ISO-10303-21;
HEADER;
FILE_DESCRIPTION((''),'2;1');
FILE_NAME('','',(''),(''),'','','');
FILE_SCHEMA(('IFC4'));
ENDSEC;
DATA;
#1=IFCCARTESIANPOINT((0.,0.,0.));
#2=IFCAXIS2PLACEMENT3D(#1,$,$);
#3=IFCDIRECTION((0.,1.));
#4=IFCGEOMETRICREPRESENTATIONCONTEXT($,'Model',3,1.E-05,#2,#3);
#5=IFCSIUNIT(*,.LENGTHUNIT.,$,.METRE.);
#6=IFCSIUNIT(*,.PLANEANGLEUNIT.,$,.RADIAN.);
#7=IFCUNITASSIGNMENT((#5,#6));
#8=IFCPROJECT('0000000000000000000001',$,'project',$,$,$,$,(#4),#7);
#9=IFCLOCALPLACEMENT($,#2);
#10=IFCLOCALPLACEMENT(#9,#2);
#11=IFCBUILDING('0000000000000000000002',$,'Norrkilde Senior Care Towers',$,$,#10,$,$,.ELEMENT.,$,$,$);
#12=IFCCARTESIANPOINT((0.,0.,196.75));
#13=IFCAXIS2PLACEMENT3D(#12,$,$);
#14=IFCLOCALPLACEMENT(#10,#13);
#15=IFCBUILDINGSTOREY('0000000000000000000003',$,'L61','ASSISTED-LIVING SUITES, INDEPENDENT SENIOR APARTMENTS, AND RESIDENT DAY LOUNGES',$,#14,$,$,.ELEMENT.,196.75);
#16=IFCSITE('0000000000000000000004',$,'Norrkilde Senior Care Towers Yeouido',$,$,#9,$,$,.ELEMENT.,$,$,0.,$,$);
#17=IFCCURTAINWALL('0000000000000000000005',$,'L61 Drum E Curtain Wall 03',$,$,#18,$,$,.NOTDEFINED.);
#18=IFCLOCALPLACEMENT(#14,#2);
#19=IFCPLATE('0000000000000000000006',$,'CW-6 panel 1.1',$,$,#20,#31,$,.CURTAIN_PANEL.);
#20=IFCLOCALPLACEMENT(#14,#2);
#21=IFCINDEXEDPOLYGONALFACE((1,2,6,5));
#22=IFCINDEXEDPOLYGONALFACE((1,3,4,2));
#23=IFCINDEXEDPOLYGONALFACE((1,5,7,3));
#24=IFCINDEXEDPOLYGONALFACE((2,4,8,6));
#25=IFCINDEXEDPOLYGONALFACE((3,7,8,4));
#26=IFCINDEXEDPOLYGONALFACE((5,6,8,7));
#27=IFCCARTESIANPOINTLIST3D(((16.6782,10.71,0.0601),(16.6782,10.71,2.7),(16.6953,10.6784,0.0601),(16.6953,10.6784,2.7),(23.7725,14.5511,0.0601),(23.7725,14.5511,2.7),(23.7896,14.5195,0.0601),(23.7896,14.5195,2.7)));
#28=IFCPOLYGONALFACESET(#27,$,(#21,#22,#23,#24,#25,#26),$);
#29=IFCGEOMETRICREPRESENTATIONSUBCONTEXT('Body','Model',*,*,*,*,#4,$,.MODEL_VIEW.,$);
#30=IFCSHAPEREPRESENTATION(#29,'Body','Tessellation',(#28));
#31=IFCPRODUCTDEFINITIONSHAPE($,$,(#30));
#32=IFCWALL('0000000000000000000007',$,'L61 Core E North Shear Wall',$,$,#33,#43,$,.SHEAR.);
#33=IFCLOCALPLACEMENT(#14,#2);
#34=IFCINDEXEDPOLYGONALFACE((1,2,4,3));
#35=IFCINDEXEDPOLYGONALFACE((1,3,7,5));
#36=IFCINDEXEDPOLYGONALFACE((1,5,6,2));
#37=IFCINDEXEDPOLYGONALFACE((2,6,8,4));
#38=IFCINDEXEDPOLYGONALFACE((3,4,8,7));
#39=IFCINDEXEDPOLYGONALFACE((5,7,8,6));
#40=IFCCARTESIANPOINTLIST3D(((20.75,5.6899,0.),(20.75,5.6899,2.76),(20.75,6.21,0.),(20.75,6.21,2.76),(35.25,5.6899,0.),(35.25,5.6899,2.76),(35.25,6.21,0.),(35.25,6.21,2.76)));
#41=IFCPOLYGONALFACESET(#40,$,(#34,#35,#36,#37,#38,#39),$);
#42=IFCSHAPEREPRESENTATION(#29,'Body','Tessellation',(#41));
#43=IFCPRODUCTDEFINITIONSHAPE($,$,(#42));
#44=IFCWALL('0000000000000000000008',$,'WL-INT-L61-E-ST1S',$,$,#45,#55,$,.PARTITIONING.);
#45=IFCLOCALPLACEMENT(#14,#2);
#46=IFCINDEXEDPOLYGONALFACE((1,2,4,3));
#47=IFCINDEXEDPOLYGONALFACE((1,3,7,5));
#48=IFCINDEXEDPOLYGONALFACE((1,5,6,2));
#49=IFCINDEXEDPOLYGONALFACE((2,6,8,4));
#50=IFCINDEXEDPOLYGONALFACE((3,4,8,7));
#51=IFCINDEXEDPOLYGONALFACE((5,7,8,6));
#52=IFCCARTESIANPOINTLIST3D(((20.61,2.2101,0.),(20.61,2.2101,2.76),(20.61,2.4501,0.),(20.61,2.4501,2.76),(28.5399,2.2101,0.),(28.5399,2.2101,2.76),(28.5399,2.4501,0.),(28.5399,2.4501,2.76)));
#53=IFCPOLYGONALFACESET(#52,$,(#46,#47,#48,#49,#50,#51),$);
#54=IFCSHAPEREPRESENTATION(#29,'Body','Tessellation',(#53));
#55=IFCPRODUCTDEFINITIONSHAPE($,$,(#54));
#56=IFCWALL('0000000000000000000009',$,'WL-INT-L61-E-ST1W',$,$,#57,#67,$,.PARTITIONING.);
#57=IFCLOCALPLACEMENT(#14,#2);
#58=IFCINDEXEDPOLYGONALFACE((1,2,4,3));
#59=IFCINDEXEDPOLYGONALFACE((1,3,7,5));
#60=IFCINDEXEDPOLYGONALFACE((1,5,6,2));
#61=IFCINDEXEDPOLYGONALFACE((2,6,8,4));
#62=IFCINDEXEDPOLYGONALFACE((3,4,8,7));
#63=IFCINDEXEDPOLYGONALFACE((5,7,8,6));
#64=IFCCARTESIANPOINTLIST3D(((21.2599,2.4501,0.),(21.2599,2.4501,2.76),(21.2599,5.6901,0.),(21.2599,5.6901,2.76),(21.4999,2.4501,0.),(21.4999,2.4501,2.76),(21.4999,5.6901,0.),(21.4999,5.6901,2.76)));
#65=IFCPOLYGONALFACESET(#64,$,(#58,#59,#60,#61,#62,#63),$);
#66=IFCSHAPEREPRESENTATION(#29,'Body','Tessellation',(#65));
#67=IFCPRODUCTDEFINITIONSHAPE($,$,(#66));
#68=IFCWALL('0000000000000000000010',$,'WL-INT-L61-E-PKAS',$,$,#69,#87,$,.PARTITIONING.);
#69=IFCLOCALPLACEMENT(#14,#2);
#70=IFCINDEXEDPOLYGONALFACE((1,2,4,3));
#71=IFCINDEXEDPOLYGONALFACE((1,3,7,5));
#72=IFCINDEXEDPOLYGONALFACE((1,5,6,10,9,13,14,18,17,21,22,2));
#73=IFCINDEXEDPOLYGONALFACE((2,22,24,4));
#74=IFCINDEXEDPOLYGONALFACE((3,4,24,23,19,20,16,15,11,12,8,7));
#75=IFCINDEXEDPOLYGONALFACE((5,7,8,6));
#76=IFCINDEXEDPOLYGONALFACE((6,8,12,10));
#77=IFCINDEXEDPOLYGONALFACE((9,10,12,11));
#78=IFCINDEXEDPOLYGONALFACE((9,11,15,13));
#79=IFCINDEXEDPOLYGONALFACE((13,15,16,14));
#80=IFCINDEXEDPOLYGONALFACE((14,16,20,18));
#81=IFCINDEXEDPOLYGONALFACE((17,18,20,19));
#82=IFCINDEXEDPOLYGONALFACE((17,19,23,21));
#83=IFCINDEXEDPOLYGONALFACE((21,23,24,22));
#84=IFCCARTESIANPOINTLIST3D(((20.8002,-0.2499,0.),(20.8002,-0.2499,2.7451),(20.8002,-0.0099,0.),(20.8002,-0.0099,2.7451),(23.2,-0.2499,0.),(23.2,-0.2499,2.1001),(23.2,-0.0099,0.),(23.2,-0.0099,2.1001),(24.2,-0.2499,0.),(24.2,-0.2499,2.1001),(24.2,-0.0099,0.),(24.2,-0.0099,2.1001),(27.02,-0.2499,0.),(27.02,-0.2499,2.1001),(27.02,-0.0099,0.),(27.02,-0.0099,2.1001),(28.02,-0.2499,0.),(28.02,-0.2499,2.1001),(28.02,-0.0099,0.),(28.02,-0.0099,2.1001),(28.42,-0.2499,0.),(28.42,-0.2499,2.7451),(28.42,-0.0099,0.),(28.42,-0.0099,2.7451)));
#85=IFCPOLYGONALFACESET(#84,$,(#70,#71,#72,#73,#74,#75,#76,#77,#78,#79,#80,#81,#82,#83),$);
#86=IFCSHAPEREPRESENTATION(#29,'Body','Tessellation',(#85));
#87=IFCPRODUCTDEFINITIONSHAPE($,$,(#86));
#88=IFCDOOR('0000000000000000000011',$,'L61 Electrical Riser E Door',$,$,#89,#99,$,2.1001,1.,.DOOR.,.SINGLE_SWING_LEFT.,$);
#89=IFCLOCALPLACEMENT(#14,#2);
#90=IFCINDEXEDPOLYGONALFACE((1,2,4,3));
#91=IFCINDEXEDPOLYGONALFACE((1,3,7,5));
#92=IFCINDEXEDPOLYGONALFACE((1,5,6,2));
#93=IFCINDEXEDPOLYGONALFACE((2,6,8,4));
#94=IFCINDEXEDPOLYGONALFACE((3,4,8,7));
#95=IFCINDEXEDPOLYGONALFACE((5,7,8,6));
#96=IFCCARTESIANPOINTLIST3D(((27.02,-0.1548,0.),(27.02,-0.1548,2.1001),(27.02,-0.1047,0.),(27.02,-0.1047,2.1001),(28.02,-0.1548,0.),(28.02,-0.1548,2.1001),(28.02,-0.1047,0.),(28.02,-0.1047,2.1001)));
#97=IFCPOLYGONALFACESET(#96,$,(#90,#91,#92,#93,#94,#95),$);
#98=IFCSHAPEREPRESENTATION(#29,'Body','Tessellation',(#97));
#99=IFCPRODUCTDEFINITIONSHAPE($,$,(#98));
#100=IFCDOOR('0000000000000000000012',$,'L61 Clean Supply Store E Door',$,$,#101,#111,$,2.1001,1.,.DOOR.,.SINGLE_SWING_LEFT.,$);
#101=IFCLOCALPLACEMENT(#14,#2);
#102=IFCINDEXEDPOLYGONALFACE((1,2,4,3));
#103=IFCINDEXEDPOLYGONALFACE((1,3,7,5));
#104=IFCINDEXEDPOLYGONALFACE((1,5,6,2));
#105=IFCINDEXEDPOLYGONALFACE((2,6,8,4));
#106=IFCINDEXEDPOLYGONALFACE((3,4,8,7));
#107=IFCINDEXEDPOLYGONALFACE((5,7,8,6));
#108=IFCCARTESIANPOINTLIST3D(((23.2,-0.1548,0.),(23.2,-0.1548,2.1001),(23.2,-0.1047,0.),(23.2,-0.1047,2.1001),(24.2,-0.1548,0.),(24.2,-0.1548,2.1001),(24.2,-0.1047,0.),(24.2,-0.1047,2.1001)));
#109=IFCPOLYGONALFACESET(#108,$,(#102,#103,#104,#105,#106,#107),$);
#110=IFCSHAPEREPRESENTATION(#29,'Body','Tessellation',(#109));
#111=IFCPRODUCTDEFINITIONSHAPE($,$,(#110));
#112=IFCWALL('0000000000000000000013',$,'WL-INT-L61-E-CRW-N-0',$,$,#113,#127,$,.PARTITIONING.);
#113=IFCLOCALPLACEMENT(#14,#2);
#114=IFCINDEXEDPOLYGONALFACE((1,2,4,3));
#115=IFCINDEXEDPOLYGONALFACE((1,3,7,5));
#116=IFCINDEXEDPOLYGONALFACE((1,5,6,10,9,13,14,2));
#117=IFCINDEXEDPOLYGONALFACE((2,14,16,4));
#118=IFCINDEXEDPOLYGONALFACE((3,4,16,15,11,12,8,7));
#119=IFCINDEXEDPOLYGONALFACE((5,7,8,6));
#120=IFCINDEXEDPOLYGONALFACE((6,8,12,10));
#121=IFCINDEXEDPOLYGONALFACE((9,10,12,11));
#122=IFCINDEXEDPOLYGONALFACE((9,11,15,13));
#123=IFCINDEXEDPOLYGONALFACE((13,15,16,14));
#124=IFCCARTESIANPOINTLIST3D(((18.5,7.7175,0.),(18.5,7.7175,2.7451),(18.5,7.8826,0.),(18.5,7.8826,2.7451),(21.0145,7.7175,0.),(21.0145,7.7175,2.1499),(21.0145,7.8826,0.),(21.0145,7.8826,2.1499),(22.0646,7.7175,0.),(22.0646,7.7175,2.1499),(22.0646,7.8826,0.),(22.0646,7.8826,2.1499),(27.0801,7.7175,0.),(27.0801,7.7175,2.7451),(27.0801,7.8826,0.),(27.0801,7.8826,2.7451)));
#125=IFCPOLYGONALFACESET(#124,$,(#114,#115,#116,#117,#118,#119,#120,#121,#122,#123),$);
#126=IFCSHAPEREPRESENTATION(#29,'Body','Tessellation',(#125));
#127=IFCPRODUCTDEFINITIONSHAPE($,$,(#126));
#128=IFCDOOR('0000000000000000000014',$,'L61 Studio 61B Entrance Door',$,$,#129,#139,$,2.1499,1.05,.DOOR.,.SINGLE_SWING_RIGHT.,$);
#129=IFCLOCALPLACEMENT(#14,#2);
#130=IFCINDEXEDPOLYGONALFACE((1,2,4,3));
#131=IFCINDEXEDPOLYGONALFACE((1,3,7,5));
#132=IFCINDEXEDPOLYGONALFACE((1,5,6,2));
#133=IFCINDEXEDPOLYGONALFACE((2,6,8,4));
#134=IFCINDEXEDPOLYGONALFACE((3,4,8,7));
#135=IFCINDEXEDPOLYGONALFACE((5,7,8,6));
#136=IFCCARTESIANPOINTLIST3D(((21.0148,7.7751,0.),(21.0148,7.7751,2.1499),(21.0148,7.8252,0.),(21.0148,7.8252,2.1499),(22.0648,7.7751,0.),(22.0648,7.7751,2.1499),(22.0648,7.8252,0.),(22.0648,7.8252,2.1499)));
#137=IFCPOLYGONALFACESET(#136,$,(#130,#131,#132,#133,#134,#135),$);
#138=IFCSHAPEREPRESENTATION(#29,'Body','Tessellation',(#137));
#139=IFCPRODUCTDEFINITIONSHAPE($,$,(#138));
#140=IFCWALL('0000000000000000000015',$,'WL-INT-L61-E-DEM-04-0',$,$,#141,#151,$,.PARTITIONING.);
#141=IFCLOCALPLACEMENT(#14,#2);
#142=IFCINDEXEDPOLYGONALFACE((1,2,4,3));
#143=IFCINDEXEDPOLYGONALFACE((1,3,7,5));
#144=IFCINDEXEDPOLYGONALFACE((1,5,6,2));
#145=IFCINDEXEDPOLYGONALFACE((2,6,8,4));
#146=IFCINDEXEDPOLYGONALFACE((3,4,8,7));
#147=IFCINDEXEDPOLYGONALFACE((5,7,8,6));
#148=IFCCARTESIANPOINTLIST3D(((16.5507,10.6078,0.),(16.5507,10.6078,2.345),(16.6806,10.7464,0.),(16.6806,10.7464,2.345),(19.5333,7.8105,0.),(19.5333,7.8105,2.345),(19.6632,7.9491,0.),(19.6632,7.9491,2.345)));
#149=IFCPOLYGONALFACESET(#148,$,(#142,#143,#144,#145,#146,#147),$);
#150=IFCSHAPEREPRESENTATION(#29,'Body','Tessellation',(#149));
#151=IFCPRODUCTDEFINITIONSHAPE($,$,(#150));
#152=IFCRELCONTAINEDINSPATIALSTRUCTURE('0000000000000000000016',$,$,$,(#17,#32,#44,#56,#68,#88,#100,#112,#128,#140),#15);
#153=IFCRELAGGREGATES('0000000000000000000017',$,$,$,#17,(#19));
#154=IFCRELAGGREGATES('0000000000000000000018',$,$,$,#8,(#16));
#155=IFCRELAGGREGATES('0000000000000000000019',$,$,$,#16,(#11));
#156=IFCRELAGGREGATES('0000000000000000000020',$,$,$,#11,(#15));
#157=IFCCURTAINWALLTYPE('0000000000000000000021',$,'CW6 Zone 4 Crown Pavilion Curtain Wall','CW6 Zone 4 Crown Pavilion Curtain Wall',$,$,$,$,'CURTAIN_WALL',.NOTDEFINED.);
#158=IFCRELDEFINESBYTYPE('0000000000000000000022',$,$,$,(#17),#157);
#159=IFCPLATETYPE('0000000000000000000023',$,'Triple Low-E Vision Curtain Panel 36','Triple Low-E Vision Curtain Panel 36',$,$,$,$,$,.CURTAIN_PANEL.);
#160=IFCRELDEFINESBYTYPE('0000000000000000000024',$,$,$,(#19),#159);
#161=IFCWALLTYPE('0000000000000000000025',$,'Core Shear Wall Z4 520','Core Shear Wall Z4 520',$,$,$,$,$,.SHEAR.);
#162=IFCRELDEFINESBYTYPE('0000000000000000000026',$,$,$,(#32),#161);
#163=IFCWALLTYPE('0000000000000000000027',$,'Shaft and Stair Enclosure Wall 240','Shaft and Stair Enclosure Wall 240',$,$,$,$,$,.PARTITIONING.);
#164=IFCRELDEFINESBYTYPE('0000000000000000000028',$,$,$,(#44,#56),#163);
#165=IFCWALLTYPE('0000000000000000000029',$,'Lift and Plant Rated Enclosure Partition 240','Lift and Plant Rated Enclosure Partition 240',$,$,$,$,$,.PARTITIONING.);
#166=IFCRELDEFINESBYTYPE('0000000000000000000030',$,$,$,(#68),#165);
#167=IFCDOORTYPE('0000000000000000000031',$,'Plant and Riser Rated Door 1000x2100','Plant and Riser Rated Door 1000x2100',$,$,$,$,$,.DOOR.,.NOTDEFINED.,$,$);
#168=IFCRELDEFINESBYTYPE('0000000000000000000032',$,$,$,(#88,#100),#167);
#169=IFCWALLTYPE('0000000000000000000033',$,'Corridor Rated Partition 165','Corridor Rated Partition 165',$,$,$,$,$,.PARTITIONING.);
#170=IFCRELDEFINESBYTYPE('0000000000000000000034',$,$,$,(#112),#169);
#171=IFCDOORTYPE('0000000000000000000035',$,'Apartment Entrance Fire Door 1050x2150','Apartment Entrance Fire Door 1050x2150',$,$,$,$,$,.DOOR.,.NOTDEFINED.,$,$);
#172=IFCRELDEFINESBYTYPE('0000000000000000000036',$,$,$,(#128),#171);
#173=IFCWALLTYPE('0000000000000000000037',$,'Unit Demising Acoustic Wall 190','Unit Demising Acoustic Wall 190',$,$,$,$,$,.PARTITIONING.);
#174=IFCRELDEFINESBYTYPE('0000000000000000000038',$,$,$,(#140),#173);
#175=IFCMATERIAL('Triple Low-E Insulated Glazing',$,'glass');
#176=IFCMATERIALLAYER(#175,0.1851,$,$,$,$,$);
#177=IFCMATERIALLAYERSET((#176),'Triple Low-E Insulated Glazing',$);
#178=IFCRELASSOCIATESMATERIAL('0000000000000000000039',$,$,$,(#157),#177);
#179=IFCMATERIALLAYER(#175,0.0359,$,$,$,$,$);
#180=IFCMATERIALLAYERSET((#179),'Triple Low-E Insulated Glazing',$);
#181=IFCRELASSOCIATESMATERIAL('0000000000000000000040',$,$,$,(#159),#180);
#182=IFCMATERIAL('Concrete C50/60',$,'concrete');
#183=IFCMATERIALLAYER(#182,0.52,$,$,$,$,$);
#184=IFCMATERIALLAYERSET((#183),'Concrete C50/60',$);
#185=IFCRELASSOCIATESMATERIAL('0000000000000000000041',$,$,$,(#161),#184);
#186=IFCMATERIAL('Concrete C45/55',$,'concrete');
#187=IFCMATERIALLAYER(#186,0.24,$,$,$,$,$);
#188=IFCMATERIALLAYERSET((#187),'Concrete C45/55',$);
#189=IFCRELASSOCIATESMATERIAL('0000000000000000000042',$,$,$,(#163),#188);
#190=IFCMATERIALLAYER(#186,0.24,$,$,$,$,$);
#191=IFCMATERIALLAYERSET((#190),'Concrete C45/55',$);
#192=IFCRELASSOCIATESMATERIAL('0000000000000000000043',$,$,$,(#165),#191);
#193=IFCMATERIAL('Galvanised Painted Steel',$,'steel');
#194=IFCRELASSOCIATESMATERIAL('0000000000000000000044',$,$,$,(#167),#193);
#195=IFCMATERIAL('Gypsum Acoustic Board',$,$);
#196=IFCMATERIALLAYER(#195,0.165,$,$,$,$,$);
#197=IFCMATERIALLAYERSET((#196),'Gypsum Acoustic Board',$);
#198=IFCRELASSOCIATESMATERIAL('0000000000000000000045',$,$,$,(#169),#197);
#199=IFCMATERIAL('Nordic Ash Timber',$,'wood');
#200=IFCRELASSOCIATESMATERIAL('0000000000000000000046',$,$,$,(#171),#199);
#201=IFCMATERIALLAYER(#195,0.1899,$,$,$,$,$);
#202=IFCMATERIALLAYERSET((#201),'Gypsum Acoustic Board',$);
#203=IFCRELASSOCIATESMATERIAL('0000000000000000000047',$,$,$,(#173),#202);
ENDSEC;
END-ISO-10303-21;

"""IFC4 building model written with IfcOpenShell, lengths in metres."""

from ifc_helpers import new_model, si_unit, direction, frame, frame_2d, origin, origin_2d, place, context, subcontext, project, spatial, rectangle, extrude, source, transform, mapped, material, layer, layer_set, type_object, type_shapes, element, fill, aggregate, save


model = new_model("IFC4")

# Units and contexts
model_context = context("Model", 3, precision=1e-05, world=origin(), true_north=direction((0.0, 1.0)))
body_context = subcontext(model_context, "Body", "Model", "MODEL_VIEW")
ifc_project = project(units=[si_unit("LENGTHUNIT", "METRE"), si_unit("PLANEANGLEUNIT", "RADIAN")], contexts=[model_context])

# Site, building, storey
site_placement = place(None, origin())
site = spatial("IfcSite", under=ifc_project, at=site_placement, Name="Norrkilde Senior Care Towers Yeouido", CompositionType="ELEMENT", RefElevation=0.0)
building_placement = place(site_placement, origin())
building = spatial("IfcBuilding", under=site, at=building_placement, Name="Norrkilde Senior Care Towers", CompositionType="ELEMENT")
storey_placement = place(building_placement, frame((0.0, 0.0, 196.75)))
storey = spatial("IfcBuildingStorey", under=building, at=storey_placement, Name="L61", Description="ASSISTED-LIVING SUITES, INDEPENDENT SENIOR APARTMENTS, AND RESIDENT DAY LOUNGES", CompositionType="ELEMENT", Elevation=196.75)

# Shared definitions
ifc_material_1 = material(Name="Concrete C50/60", Category="concrete")

# Shared definitions
ifc_material_2 = material(Name="Triple Low-E Insulated Glazing", Category="glass")
ifc_layer_1 = layer(ifc_material_2, 0.1851)
ifc_layer_set_1 = layer_set([ifc_layer_1], Name="Triple Low-E Insulated Glazing")
curtain_wall_type = type_object("IfcCurtainWallType", Name="CW6 Zone 4 Crown Pavilion Curtain Wall", Description="CW6 Zone 4 Crown Pavilion Curtain Wall", ElementType="CURTAIN_WALL", PredefinedType="NOTDEFINED", material=ifc_layer_set_1)

# Curtain wall
curtain_wall_1_placement = place(storey_placement, origin())
curtain_wall_1 = element("IfcCurtainWall", 1, at=curtain_wall_1_placement, inside=storey, type_object=curtain_wall_type, Name="L61 Drum E Curtain Wall 03", PredefinedType="NOTDEFINED")

# Plate
ifc_layer_2 = layer(ifc_material_2, 0.0359)
ifc_layer_set_2 = layer_set([ifc_layer_2], Name="Triple Low-E Insulated Glazing")
plate_type_1 = type_object("IfcPlateType", Name="Triple Low-E Vision Curtain Panel 36", Description="Triple Low-E Vision Curtain Panel 36", PredefinedType="CURTAIN_PANEL", material=ifc_layer_set_2)
shared_shape_1 = source(origin(), body_context, "Body", "SweptSolid", [
    extrude(rectangle(XDim=8.0674, YDim=0.0359, at=origin_2d()), origin(), (0.0, 0.0, 1.0), 2.6399),
])
type_shapes(plate_type_1, [shared_shape_1])
plate_placement = place(storey_placement, frame((20.2339, 12.6147, 0.0601), z_axis=(0.0, 0.0, 1.0), x_axis=(0.879373, 0.476133, 0.0)))
plate = element("IfcPlate", 2, at=plate_placement, type_object=plate_type_1, Name="CW-6 panel 1.1", PredefinedType="CURTAIN_PANEL", context=body_context, shape_type="MappedRepresentation", body=[
    mapped(shared_shape_1, transform((0.0, 0.0, 0.0), x_axis=(1.0, 0.0, 0.0), y_axis=(0.0, 1.0, 0.0), z_axis=(0.0, 0.0, 1.0), scale=1.0)),
])
aggregate(curtain_wall_1, [plate])

# Walls
ifc_layer_3 = layer(ifc_material_1, 0.52)
ifc_layer_set_3 = layer_set([ifc_layer_3], Name="Concrete C50/60")
wall_type_1 = type_object("IfcWallType", Name="Core Shear Wall Z4 520", Description="Core Shear Wall Z4 520", PredefinedType="SHEAR", material=ifc_layer_set_3)
shared_shape_2 = source(origin(), body_context, "Body", "SweptSolid", [
    extrude(rectangle(XDim=14.5, YDim=0.52, at=frame_2d((7.25, 0.0))), origin(), (0.0, 0.0, 1.0), 2.76),
])
type_shapes(wall_type_1, [shared_shape_2])
wall_1_placement = place(storey_placement, frame((20.75, 5.95, 0.0), z_axis=(0.0, 0.0, 1.0), x_axis=(1.0, 0.0, 0.0)))
element("IfcWall", 3, at=wall_1_placement, inside=storey, type_object=wall_type_1, Name="L61 Core E North Shear Wall", PredefinedType="SHEAR", context=body_context, shape_type="MappedRepresentation", body=[
    mapped(shared_shape_2, transform((0.0, 0.0, 0.0), x_axis=(1.0, 0.0, 0.0), y_axis=(0.0, 1.0, 0.0), z_axis=(0.0, 0.0, 1.0), scale=1.0)),
])
ifc_material_3 = material(Name="Concrete C45/55", Category="concrete")
ifc_layer_4 = layer(ifc_material_3, 0.24)
ifc_layer_set_4 = layer_set([ifc_layer_4], Name="Concrete C45/55")
wall_type_2 = type_object("IfcWallType", Name="Shaft and Stair Enclosure Wall 240", Description="Shaft and Stair Enclosure Wall 240", PredefinedType="PARTITIONING", material=ifc_layer_set_4)
shared_shape_3 = source(origin(), body_context, "Body", "SweptSolid", [
    extrude(rectangle(XDim=7.9299, YDim=0.24, at=frame_2d((3.9648, 0.0))), origin(), (0.0, 0.0, 1.0), 2.76),
])
wall_2_placement = place(storey_placement, frame((20.6101, 2.3301, 0.0), z_axis=(0.0, 0.0, 1.0), x_axis=(1.0, 0.0, 0.0)))
element("IfcWall", 4, at=wall_2_placement, inside=storey, type_object=wall_type_2, Name="WL-INT-L61-E-ST1S", PredefinedType="PARTITIONING", context=body_context, shape_type="MappedRepresentation", body=[
    mapped(shared_shape_3, transform((0.0, 0.0, 0.0), x_axis=(1.0, 0.0, 0.0), y_axis=(0.0, 1.0, 0.0), z_axis=(0.0, 0.0, 1.0), scale=1.0)),
])

# Shared definitions
ifc_material_4 = material(Name="Galvanised Painted Steel", Category="steel")

# Wall
shared_shape_4 = source(origin(), body_context, "Body", "SweptSolid", [
    extrude(rectangle(XDim=3.24, YDim=0.24, at=frame_2d((1.6201, 0.0))), origin(), (0.0, 0.0, 1.0), 2.76),
])
type_shapes(wall_type_2, [shared_shape_3, shared_shape_4])
wall_3_placement = place(storey_placement, frame((21.3799, 2.45, 0.0), z_axis=(0.0, 0.0, 1.0), x_axis=(0.0, 1.0, 0.0)))
element("IfcWall", 5, at=wall_3_placement, inside=storey, type_object=wall_type_2, Name="WL-INT-L61-E-ST1W", PredefinedType="PARTITIONING", context=body_context, shape_type="MappedRepresentation", body=[
    mapped(shared_shape_4, transform((0.0, 0.0, 0.0), x_axis=(1.0, 0.0, 0.0), y_axis=(0.0, 1.0, 0.0), z_axis=(0.0, 0.0, 1.0), scale=1.0)),
])

# Wall, openings, doors
ifc_layer_5 = layer(ifc_material_3, 0.24)
ifc_layer_set_5 = layer_set([ifc_layer_5], Name="Concrete C45/55")
wall_type_3 = type_object("IfcWallType", Name="Lift and Plant Rated Enclosure Partition 240", Description="Lift and Plant Rated Enclosure Partition 240", PredefinedType="PARTITIONING", material=ifc_layer_set_5)
shared_shape_5 = source(origin(), body_context, "Body", "SweptSolid", [
    extrude(rectangle(XDim=7.6199, YDim=0.24, at=frame_2d((3.8101, 0.0))), origin(), (0.0, 0.0, 1.0), 2.7451),
])
type_shapes(wall_type_3, [shared_shape_5])
wall_4_placement = place(storey_placement, frame((20.8, -0.1299, 0.0), z_axis=(0.0, 0.0, 1.0), x_axis=(1.0, 0.0, 0.0)))
wall_4 = element("IfcWall", 6, at=wall_4_placement, inside=storey, type_object=wall_type_3, Name="WL-INT-L61-E-PKAS", PredefinedType="PARTITIONING", context=body_context, shape_type="MappedRepresentation", body=[
    mapped(shared_shape_5, transform((0.0, 0.0, 0.0), x_axis=(1.0, 0.0, 0.0), y_axis=(0.0, 1.0, 0.0), z_axis=(0.0, 0.0, 1.0), scale=1.0)),
])
opening_1_placement = place(wall_4_placement, frame((6.22, 0.0, 0.0)))
opening_1 = element("IfcOpeningElement", 7, at=opening_1_placement, cuts=wall_4, PredefinedType="OPENING", context=body_context, shape_type="SweptSolid", body=[
    extrude(rectangle(XDim=1.0, YDim=2.1001, at=frame_2d((0.5, 1.05))), frame((0.0, 0.1299, 0.0), z_axis=(0.0, -1.0, 0.0), x_axis=(1.0, 0.0, 0.0)), (0.0, 0.0, 1.0), 0.26),
])
opening_2_placement = place(wall_4_placement, frame((2.3999, 0.0, 0.0)))
opening_2 = element("IfcOpeningElement", 8, at=opening_2_placement, cuts=wall_4, PredefinedType="OPENING", context=body_context, shape_type="SweptSolid", body=[
    extrude(rectangle(XDim=1.0, YDim=2.1001, at=frame_2d((0.5, 1.05))), frame((0.0, 0.1299, 0.0), z_axis=(0.0, -1.0, 0.0), x_axis=(1.0, 0.0, 0.0)), (0.0, 0.0, 1.0), 0.26),
])
door_type_1 = type_object("IfcDoorType", Name="Plant and Riser Rated Door 1000x2100", Description="Plant and Riser Rated Door 1000x2100", OperationType="NOTDEFINED", PredefinedType="DOOR", material=ifc_material_4)
shared_shape_6 = source(origin(), body_context, "Body", "SweptSolid", [
    extrude(rectangle(XDim=1.0, YDim=2.1001, at=frame_2d((0.5, 1.05))), frame((0.0, 0.0249, 0.0), z_axis=(0.0, -1.0, 0.0), x_axis=(1.0, 0.0, 0.0)), (0.0, 0.0, 1.0), 0.05),
])
type_shapes(door_type_1, [shared_shape_6])
door_1_placement = place(opening_1_placement, frame((1.0, 0.0, 0.0), z_axis=(0.0, 0.0, 1.0), x_axis=(-1.0, 0.0, 0.0)))
door_1 = element("IfcDoor", 9, at=door_1_placement, inside=storey, type_object=door_type_1, Name="L61 Electrical Riser E Door", OperationType="SINGLE_SWING_LEFT", OverallHeight=2.1001, OverallWidth=1.0, PredefinedType="DOOR", context=body_context, shape_type="MappedRepresentation", body=[
    mapped(shared_shape_6, transform((0.0, 0.0, 0.0), x_axis=(1.0, 0.0, 0.0), y_axis=(0.0, 1.0, 0.0), z_axis=(0.0, 0.0, 1.0), scale=1.0)),
])
fill(opening_1, door_1)
door_2_placement = place(opening_2_placement, frame((1.0, 0.0, 0.0), z_axis=(0.0, 0.0, 1.0), x_axis=(-1.0, 0.0, 0.0)))
door_2 = element("IfcDoor", 10, at=door_2_placement, inside=storey, type_object=door_type_1, Name="L61 Clean Supply Store E Door", OperationType="SINGLE_SWING_LEFT", OverallHeight=2.1001, OverallWidth=1.0, PredefinedType="DOOR", context=body_context, shape_type="MappedRepresentation", body=[
    mapped(shared_shape_6, transform((0.0, 0.0, 0.0), x_axis=(1.0, 0.0, 0.0), y_axis=(0.0, 1.0, 0.0), z_axis=(0.0, 0.0, 1.0), scale=1.0)),
])
fill(opening_2, door_2)

# Wall, opening, door
ifc_material_5 = material(Name="Gypsum Acoustic Board")
ifc_layer_6 = layer(ifc_material_5, 0.165)
ifc_layer_set_6 = layer_set([ifc_layer_6], Name="Gypsum Acoustic Board")
wall_type_4 = type_object("IfcWallType", Name="Corridor Rated Partition 165", Description="Corridor Rated Partition 165", PredefinedType="PARTITIONING", material=ifc_layer_set_6)
shared_shape_7 = source(origin(), body_context, "Body", "SweptSolid", [
    extrude(rectangle(XDim=8.5801, YDim=0.165, at=frame_2d((4.29, 0.0))), origin(), (0.0, 0.0, 1.0), 2.7451),
])
type_shapes(wall_type_4, [shared_shape_7])
wall_5_placement = place(storey_placement, frame((18.5, 7.8, 0.0), z_axis=(0.0, 0.0, 1.0), x_axis=(1.0, 0.0, 0.0)))
wall_5 = element("IfcWall", 11, at=wall_5_placement, inside=storey, type_object=wall_type_4, Name="WL-INT-L61-E-CRW-N-0", PredefinedType="PARTITIONING", context=body_context, shape_type="MappedRepresentation", body=[
    mapped(shared_shape_7, transform((0.0, 0.0, 0.0), x_axis=(1.0, 0.0, 0.0), y_axis=(0.0, 1.0, 0.0), z_axis=(0.0, 0.0, 1.0), scale=1.0)),
])
opening_3_placement = place(wall_5_placement, frame((2.5146, 0.0, 0.0)))
opening_3 = element("IfcOpeningElement", 12, at=opening_3_placement, cuts=wall_5, PredefinedType="OPENING", context=body_context, shape_type="SweptSolid", body=[
    extrude(rectangle(XDim=1.05, YDim=2.1499, at=frame_2d((0.5249, 1.075))), frame((0.0, 0.0925, 0.0), z_axis=(0.0, -1.0, 0.0), x_axis=(1.0, 0.0, 0.0)), (0.0, 0.0, 1.0), 0.1851),
])
ifc_material_6 = material(Name="Nordic Ash Timber", Category="wood")
door_type_2 = type_object("IfcDoorType", Name="Apartment Entrance Fire Door 1050x2150", Description="Apartment Entrance Fire Door 1050x2150", OperationType="NOTDEFINED", PredefinedType="DOOR", material=ifc_material_6)
shared_shape_8 = source(origin(), body_context, "Body", "SweptSolid", [
    extrude(rectangle(XDim=1.05, YDim=2.1499, at=frame_2d((0.5249, 1.075))), frame((0.0, 0.0249, 0.0), z_axis=(0.0, -1.0, 0.0), x_axis=(1.0, 0.0, 0.0)), (0.0, 0.0, 1.0), 0.05),
])
type_shapes(door_type_2, [shared_shape_8])
door_3_placement = place(opening_3_placement, frame((1.05, 0.0, 0.0), z_axis=(0.0, 0.0, 1.0), x_axis=(-1.0, 0.0, 0.0)))
door_3 = element("IfcDoor", 13, at=door_3_placement, inside=storey, type_object=door_type_2, Name="L61 Studio 61B Entrance Door", OperationType="SINGLE_SWING_RIGHT", OverallHeight=2.1499, OverallWidth=1.05, PredefinedType="DOOR", context=body_context, shape_type="MappedRepresentation", body=[
    mapped(shared_shape_8, transform((0.0, 0.0, 0.0), x_axis=(1.0, 0.0, 0.0), y_axis=(0.0, 1.0, 0.0), z_axis=(0.0, 0.0, 1.0), scale=1.0)),
])
fill(opening_3, door_3)

# Wall
ifc_layer_7 = layer(ifc_material_5, 0.1899)
ifc_layer_set_7 = layer_set([ifc_layer_7], Name="Gypsum Acoustic Board")
wall_type_5 = type_object("IfcWallType", Name="Unit Demising Acoustic Wall 190", Description="Unit Demising Acoustic Wall 190", PredefinedType="PARTITIONING", material=ifc_layer_set_7)
shared_shape_9 = source(origin(), body_context, "Body", "SweptSolid", [
    extrude(rectangle(XDim=4.0891, YDim=0.1899, at=frame_2d((2.0444, 0.0))), origin(), (0.0, 0.0, 1.0), 2.345),
])
type_shapes(wall_type_5, [shared_shape_9])
wall_6_placement = place(storey_placement, frame((19.5981, 7.8799, 0.0), z_axis=(0.0, 0.0, 1.0), x_axis=(-0.729401, 0.684086, 0.0)))
element("IfcWall", 14, at=wall_6_placement, inside=storey, type_object=wall_type_5, Name="WL-INT-L61-E-DEM-04-0", PredefinedType="PARTITIONING", context=body_context, shape_type="MappedRepresentation", body=[
    mapped(shared_shape_9, transform((0.0, 0.0, 0.0), x_axis=(1.0, 0.0, 0.0), y_axis=(0.0, 1.0, 0.0), z_axis=(0.0, 0.0, 1.0), scale=1.0)),
])

save(model, "model.ifc")
